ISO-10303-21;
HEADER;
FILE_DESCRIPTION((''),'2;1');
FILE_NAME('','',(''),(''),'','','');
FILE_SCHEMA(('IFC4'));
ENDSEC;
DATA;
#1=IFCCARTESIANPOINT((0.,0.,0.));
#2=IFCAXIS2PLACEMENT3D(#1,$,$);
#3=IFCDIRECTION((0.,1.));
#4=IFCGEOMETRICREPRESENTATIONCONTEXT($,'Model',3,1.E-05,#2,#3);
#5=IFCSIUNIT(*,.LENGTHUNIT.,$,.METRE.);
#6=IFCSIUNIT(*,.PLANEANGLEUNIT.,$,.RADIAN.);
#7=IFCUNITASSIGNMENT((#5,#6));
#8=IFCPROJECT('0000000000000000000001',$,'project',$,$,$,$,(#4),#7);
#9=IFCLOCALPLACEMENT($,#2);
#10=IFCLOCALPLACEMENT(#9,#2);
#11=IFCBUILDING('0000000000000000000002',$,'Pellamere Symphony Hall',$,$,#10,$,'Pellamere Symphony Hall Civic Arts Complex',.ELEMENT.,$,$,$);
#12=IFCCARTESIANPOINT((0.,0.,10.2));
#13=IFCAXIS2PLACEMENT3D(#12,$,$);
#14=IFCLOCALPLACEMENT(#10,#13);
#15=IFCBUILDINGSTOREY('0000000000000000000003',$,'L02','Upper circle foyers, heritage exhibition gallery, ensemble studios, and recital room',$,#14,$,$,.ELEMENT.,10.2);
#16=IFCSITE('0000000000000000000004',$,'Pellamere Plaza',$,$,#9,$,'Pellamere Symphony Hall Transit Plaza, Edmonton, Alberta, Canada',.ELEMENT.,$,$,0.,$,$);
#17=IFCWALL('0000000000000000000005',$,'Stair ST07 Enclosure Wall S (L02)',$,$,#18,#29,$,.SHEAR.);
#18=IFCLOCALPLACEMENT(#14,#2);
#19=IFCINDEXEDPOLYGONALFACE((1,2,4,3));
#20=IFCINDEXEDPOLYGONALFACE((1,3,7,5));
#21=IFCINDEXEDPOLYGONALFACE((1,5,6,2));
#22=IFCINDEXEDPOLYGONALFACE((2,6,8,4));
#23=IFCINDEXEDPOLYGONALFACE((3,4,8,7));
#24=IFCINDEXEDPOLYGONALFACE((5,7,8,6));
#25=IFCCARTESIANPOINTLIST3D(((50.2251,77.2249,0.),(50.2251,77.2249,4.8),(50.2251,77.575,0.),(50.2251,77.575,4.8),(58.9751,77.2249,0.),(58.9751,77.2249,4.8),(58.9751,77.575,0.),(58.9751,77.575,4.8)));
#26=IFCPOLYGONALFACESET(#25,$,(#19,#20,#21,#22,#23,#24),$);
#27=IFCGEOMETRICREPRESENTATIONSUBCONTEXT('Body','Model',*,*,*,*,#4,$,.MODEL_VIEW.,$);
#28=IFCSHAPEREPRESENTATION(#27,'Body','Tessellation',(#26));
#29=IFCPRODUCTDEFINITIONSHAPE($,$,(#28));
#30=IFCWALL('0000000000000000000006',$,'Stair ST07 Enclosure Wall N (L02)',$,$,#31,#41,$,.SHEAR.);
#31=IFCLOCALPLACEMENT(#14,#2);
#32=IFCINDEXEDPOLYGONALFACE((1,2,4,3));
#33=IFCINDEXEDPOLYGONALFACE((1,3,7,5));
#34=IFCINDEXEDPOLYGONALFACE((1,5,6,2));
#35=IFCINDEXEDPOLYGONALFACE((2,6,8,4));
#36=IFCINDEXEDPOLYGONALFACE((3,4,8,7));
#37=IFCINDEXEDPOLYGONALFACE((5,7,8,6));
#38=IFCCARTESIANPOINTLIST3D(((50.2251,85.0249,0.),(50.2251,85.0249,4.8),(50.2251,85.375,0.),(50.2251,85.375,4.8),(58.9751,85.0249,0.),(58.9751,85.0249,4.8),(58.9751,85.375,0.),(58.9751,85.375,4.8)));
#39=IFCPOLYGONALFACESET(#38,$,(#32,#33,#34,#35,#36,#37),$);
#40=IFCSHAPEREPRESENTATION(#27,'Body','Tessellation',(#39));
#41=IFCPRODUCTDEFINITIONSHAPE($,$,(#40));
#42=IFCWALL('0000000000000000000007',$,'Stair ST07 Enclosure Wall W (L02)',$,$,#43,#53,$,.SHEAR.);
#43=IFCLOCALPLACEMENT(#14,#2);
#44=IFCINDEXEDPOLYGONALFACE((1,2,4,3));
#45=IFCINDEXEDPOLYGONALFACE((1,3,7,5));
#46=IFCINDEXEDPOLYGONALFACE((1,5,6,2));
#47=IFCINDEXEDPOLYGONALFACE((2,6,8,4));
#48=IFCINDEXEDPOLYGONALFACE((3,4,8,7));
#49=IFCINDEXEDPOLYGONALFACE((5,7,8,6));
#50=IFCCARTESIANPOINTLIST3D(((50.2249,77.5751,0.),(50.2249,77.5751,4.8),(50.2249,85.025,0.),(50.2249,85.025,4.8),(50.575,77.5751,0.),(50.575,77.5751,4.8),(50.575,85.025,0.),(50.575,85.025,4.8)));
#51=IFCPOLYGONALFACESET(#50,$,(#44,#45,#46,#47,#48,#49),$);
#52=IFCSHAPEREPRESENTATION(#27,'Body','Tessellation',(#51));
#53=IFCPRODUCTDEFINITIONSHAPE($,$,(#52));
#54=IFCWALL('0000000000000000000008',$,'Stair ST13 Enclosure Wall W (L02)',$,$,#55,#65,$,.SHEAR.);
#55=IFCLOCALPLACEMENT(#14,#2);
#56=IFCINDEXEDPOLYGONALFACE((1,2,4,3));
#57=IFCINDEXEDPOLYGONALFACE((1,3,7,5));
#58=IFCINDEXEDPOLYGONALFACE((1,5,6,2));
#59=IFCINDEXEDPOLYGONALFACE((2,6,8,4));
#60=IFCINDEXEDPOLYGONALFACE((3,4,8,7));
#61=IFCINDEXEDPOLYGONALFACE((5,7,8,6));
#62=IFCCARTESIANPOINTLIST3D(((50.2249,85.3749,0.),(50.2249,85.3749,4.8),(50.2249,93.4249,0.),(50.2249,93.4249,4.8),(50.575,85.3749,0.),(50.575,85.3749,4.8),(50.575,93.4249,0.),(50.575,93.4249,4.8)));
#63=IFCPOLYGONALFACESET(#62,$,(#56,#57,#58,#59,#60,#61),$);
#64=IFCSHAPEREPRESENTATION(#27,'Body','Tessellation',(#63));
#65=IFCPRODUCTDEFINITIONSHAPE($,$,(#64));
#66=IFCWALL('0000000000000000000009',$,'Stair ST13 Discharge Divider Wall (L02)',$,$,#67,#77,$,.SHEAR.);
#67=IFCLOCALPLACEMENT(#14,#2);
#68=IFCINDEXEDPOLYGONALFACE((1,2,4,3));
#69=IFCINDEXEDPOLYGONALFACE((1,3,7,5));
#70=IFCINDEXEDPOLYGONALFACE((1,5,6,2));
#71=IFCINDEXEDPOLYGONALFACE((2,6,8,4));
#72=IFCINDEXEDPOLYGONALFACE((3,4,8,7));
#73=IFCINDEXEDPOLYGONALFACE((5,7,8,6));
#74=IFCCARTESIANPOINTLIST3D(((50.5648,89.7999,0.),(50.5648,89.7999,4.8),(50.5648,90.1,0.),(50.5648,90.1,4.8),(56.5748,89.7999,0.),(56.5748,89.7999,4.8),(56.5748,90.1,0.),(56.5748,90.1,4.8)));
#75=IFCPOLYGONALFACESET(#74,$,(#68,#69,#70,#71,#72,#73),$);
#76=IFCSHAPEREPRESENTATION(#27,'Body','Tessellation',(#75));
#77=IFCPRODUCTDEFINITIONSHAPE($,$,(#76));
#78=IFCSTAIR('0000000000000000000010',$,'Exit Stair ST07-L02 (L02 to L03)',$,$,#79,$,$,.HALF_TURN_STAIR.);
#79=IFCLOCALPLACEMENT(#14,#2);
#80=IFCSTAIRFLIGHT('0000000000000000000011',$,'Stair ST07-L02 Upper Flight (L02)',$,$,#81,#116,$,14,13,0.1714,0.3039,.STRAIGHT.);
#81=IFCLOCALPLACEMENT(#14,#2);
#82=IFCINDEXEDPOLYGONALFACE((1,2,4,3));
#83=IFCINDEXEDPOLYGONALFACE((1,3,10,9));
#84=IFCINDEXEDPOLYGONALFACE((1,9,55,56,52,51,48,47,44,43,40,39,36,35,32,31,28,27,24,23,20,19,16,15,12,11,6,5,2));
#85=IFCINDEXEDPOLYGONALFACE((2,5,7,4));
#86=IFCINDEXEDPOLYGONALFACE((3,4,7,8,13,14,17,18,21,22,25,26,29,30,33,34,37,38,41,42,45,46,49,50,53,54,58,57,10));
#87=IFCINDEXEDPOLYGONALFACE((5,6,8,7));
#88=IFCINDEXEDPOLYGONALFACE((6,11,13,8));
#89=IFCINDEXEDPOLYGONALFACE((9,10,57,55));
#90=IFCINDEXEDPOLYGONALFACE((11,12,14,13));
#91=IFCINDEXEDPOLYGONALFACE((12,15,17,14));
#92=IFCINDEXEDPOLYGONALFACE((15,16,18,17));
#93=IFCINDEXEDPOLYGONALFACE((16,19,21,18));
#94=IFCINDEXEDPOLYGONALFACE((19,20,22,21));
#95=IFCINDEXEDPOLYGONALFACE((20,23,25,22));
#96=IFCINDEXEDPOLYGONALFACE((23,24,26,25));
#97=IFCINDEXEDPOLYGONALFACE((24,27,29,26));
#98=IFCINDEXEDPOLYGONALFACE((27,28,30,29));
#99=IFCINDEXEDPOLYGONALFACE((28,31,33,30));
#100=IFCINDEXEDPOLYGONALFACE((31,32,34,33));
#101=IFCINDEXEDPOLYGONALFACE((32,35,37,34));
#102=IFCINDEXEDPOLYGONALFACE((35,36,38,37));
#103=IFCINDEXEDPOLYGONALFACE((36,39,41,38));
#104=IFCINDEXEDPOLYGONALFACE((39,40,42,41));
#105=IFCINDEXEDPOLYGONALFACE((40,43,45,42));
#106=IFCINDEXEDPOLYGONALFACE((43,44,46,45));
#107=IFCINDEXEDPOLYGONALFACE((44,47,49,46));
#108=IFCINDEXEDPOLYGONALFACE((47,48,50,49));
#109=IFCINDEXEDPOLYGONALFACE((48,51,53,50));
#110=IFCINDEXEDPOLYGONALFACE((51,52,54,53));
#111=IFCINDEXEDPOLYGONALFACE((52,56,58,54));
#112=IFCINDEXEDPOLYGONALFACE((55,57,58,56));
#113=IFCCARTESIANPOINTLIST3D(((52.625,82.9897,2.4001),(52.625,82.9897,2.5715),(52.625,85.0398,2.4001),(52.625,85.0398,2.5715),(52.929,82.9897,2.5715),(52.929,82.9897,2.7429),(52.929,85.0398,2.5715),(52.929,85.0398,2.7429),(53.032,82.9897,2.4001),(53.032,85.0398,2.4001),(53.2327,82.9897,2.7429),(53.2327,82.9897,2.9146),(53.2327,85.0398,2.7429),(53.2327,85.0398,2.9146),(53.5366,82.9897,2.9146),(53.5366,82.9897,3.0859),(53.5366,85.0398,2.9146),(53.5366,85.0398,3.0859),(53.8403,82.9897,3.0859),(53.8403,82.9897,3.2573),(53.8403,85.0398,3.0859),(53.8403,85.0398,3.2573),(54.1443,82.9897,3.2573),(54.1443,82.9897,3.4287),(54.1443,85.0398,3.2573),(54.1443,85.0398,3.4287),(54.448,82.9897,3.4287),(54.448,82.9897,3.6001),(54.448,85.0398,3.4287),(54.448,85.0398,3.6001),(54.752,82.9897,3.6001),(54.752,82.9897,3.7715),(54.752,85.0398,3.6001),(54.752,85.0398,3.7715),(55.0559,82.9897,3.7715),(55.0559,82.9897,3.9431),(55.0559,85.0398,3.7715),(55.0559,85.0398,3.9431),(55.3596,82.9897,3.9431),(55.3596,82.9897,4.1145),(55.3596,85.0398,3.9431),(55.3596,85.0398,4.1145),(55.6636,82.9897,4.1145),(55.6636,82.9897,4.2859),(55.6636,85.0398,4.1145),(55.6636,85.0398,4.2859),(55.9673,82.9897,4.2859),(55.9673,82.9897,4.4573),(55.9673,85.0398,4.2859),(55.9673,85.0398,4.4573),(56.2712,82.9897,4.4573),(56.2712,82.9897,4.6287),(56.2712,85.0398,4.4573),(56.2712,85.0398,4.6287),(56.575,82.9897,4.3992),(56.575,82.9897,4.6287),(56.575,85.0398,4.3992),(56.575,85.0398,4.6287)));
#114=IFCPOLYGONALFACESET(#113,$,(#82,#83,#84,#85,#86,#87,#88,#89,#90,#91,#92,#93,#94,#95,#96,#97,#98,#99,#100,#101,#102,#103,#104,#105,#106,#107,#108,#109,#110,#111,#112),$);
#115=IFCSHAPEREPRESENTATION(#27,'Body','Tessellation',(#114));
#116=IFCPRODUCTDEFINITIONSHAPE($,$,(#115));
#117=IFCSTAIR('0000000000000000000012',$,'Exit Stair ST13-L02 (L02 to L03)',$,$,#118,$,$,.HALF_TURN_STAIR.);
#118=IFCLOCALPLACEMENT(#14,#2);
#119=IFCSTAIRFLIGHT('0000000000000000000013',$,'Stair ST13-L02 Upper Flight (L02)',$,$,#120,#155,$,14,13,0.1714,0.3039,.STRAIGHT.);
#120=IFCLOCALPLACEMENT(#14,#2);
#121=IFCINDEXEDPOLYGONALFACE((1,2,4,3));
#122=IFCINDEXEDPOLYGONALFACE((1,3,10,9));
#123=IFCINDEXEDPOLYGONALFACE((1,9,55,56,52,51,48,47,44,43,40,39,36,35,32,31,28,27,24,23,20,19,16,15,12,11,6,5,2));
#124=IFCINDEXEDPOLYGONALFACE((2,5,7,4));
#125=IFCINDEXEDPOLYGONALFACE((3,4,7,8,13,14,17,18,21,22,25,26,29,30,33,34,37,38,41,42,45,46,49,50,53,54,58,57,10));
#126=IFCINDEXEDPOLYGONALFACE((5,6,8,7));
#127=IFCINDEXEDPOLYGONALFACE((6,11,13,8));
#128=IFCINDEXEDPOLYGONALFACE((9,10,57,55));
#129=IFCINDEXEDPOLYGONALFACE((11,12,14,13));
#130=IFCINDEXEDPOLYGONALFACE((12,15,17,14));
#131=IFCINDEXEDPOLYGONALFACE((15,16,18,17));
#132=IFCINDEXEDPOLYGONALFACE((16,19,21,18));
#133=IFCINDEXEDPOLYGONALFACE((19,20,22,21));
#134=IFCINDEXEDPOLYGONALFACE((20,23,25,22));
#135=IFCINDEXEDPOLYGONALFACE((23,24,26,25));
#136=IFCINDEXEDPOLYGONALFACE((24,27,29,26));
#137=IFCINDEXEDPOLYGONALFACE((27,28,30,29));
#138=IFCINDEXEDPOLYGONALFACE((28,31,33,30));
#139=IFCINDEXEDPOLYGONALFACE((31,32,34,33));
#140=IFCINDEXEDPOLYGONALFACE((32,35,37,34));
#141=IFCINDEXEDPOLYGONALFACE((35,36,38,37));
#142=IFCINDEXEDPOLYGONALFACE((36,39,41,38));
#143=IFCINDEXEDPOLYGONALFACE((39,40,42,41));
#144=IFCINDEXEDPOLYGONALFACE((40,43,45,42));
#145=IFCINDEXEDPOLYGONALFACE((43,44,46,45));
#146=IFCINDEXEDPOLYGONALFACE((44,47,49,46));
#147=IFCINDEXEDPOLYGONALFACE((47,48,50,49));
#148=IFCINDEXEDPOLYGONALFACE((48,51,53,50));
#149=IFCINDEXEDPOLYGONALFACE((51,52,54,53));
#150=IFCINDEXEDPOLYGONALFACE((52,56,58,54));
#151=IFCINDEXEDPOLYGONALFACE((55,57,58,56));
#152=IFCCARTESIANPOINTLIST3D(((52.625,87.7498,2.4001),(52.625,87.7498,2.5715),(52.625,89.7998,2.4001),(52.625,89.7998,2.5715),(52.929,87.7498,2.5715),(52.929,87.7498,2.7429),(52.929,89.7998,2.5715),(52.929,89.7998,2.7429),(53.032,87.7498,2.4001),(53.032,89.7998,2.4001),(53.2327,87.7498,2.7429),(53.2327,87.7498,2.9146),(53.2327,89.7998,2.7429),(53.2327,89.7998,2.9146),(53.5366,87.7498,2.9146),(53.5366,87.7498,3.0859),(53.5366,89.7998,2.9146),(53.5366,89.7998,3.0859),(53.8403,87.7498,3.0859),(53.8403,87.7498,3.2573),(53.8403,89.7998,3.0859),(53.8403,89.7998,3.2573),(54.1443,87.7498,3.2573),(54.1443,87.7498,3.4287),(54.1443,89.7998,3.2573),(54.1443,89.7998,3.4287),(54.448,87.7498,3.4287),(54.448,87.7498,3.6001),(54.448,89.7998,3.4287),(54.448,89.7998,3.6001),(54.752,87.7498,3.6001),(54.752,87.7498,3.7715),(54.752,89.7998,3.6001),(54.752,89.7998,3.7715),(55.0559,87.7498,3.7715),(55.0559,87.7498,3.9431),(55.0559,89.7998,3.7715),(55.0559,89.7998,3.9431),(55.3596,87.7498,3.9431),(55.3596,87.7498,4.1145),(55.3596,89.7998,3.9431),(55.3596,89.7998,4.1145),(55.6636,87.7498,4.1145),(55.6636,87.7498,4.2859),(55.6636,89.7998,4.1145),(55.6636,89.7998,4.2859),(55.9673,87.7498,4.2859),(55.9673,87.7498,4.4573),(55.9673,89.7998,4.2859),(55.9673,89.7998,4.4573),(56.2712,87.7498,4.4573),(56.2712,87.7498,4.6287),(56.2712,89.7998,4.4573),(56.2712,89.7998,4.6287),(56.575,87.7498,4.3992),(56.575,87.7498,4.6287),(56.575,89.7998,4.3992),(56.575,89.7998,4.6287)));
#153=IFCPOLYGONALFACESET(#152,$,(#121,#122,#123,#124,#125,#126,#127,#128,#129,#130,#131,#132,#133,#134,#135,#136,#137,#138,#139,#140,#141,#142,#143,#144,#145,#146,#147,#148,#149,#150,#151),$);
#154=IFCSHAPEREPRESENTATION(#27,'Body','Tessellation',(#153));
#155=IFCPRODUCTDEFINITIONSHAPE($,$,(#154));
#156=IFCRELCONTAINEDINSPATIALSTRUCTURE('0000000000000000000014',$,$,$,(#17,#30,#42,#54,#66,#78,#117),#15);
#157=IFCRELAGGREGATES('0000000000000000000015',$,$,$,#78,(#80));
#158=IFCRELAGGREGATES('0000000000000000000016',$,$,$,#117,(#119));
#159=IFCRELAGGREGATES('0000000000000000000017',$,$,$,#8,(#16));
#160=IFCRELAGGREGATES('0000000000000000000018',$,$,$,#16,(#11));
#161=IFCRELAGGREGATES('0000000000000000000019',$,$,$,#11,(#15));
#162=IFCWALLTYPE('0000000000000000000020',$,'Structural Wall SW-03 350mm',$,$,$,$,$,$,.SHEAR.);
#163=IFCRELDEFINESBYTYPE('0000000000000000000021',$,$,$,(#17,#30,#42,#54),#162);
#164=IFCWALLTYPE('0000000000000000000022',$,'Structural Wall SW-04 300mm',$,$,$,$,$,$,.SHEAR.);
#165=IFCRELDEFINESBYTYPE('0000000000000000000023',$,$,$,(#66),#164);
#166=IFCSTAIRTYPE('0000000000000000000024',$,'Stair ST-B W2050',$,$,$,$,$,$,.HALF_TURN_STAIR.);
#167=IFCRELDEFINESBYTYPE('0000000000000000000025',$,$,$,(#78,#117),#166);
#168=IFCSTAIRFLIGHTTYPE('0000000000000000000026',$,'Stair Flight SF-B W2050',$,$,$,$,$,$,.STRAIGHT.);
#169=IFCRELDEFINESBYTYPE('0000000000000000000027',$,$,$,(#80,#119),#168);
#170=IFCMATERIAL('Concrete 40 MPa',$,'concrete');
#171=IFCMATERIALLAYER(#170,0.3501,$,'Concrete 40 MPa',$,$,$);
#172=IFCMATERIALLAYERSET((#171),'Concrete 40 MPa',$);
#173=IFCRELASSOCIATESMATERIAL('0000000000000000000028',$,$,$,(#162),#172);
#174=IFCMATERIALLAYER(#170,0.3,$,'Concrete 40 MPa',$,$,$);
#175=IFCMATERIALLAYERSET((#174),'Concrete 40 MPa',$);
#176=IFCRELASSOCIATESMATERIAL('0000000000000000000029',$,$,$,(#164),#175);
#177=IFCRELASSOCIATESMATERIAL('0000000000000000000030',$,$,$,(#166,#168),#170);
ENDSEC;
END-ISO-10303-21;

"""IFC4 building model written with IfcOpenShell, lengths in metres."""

from ifc_helpers import new_model, si_unit, direction, frame, frame_2d, origin, place, context, subcontext, project, spatial, polyline, rectangle, outline, extrude, material, layer, layer_set, type_object, element, aggregate, save


model = new_model("IFC4")

# Units and contexts
model_context = context("Model", 3, precision=1e-05, world=origin(), true_north=direction((0.0, 1.0)))
body_context = subcontext(model_context, "Body", "Model", "MODEL_VIEW")
ifc_project = project(units=[si_unit("LENGTHUNIT", "METRE"), si_unit("PLANEANGLEUNIT", "RADIAN")], contexts=[model_context])

# Site, building, storey
site_placement = place(None, origin())
site = spatial("IfcSite", under=ifc_project, at=site_placement, Name="Pellamere Plaza", LongName="Pellamere Symphony Hall Transit Plaza, Edmonton, Alberta, Canada", CompositionType="ELEMENT", RefElevation=0.0)
building_placement = place(site_placement, origin())
building = spatial("IfcBuilding", under=site, at=building_placement, Name="Pellamere Symphony Hall", LongName="Pellamere Symphony Hall Civic Arts Complex", CompositionType="ELEMENT")
storey_placement = place(building_placement, frame((0.0, 0.0, 10.2)))
storey = spatial("IfcBuildingStorey", under=building, at=storey_placement, Name="L02", Description="Upper circle foyers, heritage exhibition gallery, ensemble studios, and recital room", CompositionType="ELEMENT", Elevation=10.2)

# Shared definitions
ifc_material_1 = material(Name="Concrete 40 MPa", Category="concrete")

# Walls
ifc_layer_1 = layer(ifc_material_1, 0.3501, Name="Concrete 40 MPa")
ifc_layer_set_1 = layer_set([ifc_layer_1], Name="Concrete 40 MPa")
wall_type_1 = type_object("IfcWallType", Name="Structural Wall SW-03 350mm", PredefinedType="SHEAR", material=ifc_layer_set_1)
for number, where, z_axis, x_axis, name in (
    (1, (50.2251, 77.3999, 0.0), (0.0, 0.0, 1.0), (1.0, 0.0, 0.0), "Stair ST07 Enclosure Wall S (L02)"),
    (2, (50.2251, 85.2, 0.0), (0.0, 0.0, 1.0), (1.0, 0.0, 0.0), "Stair ST07 Enclosure Wall N (L02)"),
):
    element("IfcWall", number, at=place(storey_placement, frame(where, z_axis=z_axis, x_axis=x_axis)), inside=storey, type_object=wall_type_1, Name=name, PredefinedType="SHEAR", context=body_context, shape_type="SweptSolid", body=[
        extrude(rectangle(XDim=8.75, YDim=0.3501, at=frame_2d((4.375, 0.0))), origin(), (0.0, 0.0, 1.0), 4.8),
    ])
wall_1_placement = place(storey_placement, frame((50.3999, 77.575, 0.0), z_axis=(0.0, 0.0, 1.0), x_axis=(0.0, 1.0, 0.0)))
element("IfcWall", 3, at=wall_1_placement, inside=storey, type_object=wall_type_1, Name="Stair ST07 Enclosure Wall W (L02)", PredefinedType="SHEAR", context=body_context, shape_type="SweptSolid", body=[
    extrude(rectangle(XDim=7.45, YDim=0.3501, at=frame_2d((3.7251, 0.0))), origin(), (0.0, 0.0, 1.0), 4.8),
])
wall_2_placement = place(storey_placement, frame((50.3999, 85.375, 0.0), z_axis=(0.0, 0.0, 1.0), x_axis=(0.0, 1.0, 0.0)))
element("IfcWall", 4, at=wall_2_placement, inside=storey, type_object=wall_type_1, Name="Stair ST13 Enclosure Wall W (L02)", PredefinedType="SHEAR", context=body_context, shape_type="SweptSolid", body=[
    extrude(rectangle(XDim=8.05, YDim=0.3501, at=frame_2d((4.0249, 0.0))), origin(), (0.0, 0.0, 1.0), 4.8),
])
ifc_layer_2 = layer(ifc_material_1, 0.3, Name="Concrete 40 MPa")
ifc_layer_set_2 = layer_set([ifc_layer_2], Name="Concrete 40 MPa")
wall_type_2 = type_object("IfcWallType", Name="Structural Wall SW-04 300mm", PredefinedType="SHEAR", material=ifc_layer_set_2)
wall_3_placement = place(storey_placement, frame((50.5649, 89.95, 0.0), z_axis=(0.0, 0.0, 1.0), x_axis=(1.0, 0.0, 0.0)))
element("IfcWall", 5, at=wall_3_placement, inside=storey, type_object=wall_type_2, Name="Stair ST13 Discharge Divider Wall (L02)", PredefinedType="SHEAR", context=body_context, shape_type="SweptSolid", body=[
    extrude(rectangle(XDim=6.01, YDim=0.3, at=frame_2d((3.0049, 0.0))), origin(), (0.0, 0.0, 1.0), 4.8),
])

# Stairs, stair flights
stair_type = type_object("IfcStairType", Name="Stair ST-B W2050", PredefinedType="HALF_TURN_STAIR", material=ifc_material_1)
stair_1_placement = place(storey_placement, origin())
stair_1 = element("IfcStair", 6, at=stair_1_placement, inside=storey, type_object=stair_type, Name="Exit Stair ST07-L02 (L02 to L03)", PredefinedType="HALF_TURN_STAIR")
stair_flight_type = type_object("IfcStairFlightType", Name="Stair Flight SF-B W2050", PredefinedType="STRAIGHT", material=ifc_material_1)
stair_flight_1_placement = place(storey_placement, frame((52.625, 84.0149, 2.4001), z_axis=(0.0, 0.0, 1.0), x_axis=(1.0, 0.0, 0.0)))
stair_flight_1 = element("IfcStairFlight", 7, at=stair_flight_1_placement, type_object=stair_flight_type, Name="Stair ST07-L02 Upper Flight (L02)", NumberOfRisers=14, NumberOfTreads=13, PredefinedType="STRAIGHT", RiserHeight=0.1714, TreadLength=0.3039, context=body_context, shape_type="SweptSolid", body=[
    extrude(outline(polyline([(0.0, 0.0), (0.0, 0.1714), (0.304, 0.1714), (0.304, 0.3428), (0.6077, 0.3428), (0.6077, 0.5144), (0.9116, 0.5144), (0.9116, 0.6858), (1.2153, 0.6858), (1.2153, 0.8572), (1.5193, 0.8572), (1.5193, 1.0286), (1.823, 1.0286), (1.823, 1.2), (2.127, 1.2), (2.127, 1.3713), (2.4309, 1.3713), (2.4309, 1.543), (2.7346, 1.543), (2.7346, 1.7144), (3.0386, 1.7144), (3.0386, 1.8857), (3.3423, 1.8857), (3.3423, 2.0571), (3.6462, 2.0571), (3.6462, 2.2285), (3.95, 2.2285), (3.95, 2.3999), (3.95, 1.999), (0.407, 0.0), (0.0, 0.0)])), frame((0.0, 1.0249, 0.0), z_axis=(0.0, -1.0, 0.0), x_axis=(1.0, 0.0, 0.0)), (0.0, 0.0, 1.0), 2.05),
])
aggregate(stair_1, [stair_flight_1])
stair_2_placement = place(storey_placement, origin())
stair_2 = element("IfcStair", 8, at=stair_2_placement, inside=storey, type_object=stair_type, Name="Exit Stair ST13-L02 (L02 to L03)", PredefinedType="HALF_TURN_STAIR")
stair_flight_2_placement = place(storey_placement, frame((52.625, 88.7749, 2.4001), z_axis=(0.0, 0.0, 1.0), x_axis=(1.0, 0.0, 0.0)))
stair_flight_2 = element("IfcStairFlight", 9, at=stair_flight_2_placement, type_object=stair_flight_type, Name="Stair ST13-L02 Upper Flight (L02)", NumberOfRisers=14, NumberOfTreads=13, PredefinedType="STRAIGHT", RiserHeight=0.1714, TreadLength=0.3039, context=body_context, shape_type="SweptSolid", body=[
    extrude(outline(polyline([(0.0, 0.0), (0.0, 0.1714), (0.304, 0.1714), (0.304, 0.3428), (0.6077, 0.3428), (0.6077, 0.5144), (0.9116, 0.5144), (0.9116, 0.6858), (1.2153, 0.6858), (1.2153, 0.8572), (1.5193, 0.8572), (1.5193, 1.0286), (1.823, 1.0286), (1.823, 1.2), (2.127, 1.2), (2.127, 1.3713), (2.4309, 1.3713), (2.4309, 1.543), (2.7346, 1.543), (2.7346, 1.7144), (3.0386, 1.7144), (3.0386, 1.8857), (3.3423, 1.8857), (3.3423, 2.0571), (3.6462, 2.0571), (3.6462, 2.2285), (3.95, 2.2285), (3.95, 2.3999), (3.95, 1.999), (0.407, 0.0), (0.0, 0.0)])), frame((0.0, 1.0249, 0.0), z_axis=(0.0, -1.0, 0.0), x_axis=(1.0, 0.0, 0.0)), (0.0, 0.0, 1.0), 2.05),
])
aggregate(stair_2, [stair_flight_2])

save(model, "model.ifc")
